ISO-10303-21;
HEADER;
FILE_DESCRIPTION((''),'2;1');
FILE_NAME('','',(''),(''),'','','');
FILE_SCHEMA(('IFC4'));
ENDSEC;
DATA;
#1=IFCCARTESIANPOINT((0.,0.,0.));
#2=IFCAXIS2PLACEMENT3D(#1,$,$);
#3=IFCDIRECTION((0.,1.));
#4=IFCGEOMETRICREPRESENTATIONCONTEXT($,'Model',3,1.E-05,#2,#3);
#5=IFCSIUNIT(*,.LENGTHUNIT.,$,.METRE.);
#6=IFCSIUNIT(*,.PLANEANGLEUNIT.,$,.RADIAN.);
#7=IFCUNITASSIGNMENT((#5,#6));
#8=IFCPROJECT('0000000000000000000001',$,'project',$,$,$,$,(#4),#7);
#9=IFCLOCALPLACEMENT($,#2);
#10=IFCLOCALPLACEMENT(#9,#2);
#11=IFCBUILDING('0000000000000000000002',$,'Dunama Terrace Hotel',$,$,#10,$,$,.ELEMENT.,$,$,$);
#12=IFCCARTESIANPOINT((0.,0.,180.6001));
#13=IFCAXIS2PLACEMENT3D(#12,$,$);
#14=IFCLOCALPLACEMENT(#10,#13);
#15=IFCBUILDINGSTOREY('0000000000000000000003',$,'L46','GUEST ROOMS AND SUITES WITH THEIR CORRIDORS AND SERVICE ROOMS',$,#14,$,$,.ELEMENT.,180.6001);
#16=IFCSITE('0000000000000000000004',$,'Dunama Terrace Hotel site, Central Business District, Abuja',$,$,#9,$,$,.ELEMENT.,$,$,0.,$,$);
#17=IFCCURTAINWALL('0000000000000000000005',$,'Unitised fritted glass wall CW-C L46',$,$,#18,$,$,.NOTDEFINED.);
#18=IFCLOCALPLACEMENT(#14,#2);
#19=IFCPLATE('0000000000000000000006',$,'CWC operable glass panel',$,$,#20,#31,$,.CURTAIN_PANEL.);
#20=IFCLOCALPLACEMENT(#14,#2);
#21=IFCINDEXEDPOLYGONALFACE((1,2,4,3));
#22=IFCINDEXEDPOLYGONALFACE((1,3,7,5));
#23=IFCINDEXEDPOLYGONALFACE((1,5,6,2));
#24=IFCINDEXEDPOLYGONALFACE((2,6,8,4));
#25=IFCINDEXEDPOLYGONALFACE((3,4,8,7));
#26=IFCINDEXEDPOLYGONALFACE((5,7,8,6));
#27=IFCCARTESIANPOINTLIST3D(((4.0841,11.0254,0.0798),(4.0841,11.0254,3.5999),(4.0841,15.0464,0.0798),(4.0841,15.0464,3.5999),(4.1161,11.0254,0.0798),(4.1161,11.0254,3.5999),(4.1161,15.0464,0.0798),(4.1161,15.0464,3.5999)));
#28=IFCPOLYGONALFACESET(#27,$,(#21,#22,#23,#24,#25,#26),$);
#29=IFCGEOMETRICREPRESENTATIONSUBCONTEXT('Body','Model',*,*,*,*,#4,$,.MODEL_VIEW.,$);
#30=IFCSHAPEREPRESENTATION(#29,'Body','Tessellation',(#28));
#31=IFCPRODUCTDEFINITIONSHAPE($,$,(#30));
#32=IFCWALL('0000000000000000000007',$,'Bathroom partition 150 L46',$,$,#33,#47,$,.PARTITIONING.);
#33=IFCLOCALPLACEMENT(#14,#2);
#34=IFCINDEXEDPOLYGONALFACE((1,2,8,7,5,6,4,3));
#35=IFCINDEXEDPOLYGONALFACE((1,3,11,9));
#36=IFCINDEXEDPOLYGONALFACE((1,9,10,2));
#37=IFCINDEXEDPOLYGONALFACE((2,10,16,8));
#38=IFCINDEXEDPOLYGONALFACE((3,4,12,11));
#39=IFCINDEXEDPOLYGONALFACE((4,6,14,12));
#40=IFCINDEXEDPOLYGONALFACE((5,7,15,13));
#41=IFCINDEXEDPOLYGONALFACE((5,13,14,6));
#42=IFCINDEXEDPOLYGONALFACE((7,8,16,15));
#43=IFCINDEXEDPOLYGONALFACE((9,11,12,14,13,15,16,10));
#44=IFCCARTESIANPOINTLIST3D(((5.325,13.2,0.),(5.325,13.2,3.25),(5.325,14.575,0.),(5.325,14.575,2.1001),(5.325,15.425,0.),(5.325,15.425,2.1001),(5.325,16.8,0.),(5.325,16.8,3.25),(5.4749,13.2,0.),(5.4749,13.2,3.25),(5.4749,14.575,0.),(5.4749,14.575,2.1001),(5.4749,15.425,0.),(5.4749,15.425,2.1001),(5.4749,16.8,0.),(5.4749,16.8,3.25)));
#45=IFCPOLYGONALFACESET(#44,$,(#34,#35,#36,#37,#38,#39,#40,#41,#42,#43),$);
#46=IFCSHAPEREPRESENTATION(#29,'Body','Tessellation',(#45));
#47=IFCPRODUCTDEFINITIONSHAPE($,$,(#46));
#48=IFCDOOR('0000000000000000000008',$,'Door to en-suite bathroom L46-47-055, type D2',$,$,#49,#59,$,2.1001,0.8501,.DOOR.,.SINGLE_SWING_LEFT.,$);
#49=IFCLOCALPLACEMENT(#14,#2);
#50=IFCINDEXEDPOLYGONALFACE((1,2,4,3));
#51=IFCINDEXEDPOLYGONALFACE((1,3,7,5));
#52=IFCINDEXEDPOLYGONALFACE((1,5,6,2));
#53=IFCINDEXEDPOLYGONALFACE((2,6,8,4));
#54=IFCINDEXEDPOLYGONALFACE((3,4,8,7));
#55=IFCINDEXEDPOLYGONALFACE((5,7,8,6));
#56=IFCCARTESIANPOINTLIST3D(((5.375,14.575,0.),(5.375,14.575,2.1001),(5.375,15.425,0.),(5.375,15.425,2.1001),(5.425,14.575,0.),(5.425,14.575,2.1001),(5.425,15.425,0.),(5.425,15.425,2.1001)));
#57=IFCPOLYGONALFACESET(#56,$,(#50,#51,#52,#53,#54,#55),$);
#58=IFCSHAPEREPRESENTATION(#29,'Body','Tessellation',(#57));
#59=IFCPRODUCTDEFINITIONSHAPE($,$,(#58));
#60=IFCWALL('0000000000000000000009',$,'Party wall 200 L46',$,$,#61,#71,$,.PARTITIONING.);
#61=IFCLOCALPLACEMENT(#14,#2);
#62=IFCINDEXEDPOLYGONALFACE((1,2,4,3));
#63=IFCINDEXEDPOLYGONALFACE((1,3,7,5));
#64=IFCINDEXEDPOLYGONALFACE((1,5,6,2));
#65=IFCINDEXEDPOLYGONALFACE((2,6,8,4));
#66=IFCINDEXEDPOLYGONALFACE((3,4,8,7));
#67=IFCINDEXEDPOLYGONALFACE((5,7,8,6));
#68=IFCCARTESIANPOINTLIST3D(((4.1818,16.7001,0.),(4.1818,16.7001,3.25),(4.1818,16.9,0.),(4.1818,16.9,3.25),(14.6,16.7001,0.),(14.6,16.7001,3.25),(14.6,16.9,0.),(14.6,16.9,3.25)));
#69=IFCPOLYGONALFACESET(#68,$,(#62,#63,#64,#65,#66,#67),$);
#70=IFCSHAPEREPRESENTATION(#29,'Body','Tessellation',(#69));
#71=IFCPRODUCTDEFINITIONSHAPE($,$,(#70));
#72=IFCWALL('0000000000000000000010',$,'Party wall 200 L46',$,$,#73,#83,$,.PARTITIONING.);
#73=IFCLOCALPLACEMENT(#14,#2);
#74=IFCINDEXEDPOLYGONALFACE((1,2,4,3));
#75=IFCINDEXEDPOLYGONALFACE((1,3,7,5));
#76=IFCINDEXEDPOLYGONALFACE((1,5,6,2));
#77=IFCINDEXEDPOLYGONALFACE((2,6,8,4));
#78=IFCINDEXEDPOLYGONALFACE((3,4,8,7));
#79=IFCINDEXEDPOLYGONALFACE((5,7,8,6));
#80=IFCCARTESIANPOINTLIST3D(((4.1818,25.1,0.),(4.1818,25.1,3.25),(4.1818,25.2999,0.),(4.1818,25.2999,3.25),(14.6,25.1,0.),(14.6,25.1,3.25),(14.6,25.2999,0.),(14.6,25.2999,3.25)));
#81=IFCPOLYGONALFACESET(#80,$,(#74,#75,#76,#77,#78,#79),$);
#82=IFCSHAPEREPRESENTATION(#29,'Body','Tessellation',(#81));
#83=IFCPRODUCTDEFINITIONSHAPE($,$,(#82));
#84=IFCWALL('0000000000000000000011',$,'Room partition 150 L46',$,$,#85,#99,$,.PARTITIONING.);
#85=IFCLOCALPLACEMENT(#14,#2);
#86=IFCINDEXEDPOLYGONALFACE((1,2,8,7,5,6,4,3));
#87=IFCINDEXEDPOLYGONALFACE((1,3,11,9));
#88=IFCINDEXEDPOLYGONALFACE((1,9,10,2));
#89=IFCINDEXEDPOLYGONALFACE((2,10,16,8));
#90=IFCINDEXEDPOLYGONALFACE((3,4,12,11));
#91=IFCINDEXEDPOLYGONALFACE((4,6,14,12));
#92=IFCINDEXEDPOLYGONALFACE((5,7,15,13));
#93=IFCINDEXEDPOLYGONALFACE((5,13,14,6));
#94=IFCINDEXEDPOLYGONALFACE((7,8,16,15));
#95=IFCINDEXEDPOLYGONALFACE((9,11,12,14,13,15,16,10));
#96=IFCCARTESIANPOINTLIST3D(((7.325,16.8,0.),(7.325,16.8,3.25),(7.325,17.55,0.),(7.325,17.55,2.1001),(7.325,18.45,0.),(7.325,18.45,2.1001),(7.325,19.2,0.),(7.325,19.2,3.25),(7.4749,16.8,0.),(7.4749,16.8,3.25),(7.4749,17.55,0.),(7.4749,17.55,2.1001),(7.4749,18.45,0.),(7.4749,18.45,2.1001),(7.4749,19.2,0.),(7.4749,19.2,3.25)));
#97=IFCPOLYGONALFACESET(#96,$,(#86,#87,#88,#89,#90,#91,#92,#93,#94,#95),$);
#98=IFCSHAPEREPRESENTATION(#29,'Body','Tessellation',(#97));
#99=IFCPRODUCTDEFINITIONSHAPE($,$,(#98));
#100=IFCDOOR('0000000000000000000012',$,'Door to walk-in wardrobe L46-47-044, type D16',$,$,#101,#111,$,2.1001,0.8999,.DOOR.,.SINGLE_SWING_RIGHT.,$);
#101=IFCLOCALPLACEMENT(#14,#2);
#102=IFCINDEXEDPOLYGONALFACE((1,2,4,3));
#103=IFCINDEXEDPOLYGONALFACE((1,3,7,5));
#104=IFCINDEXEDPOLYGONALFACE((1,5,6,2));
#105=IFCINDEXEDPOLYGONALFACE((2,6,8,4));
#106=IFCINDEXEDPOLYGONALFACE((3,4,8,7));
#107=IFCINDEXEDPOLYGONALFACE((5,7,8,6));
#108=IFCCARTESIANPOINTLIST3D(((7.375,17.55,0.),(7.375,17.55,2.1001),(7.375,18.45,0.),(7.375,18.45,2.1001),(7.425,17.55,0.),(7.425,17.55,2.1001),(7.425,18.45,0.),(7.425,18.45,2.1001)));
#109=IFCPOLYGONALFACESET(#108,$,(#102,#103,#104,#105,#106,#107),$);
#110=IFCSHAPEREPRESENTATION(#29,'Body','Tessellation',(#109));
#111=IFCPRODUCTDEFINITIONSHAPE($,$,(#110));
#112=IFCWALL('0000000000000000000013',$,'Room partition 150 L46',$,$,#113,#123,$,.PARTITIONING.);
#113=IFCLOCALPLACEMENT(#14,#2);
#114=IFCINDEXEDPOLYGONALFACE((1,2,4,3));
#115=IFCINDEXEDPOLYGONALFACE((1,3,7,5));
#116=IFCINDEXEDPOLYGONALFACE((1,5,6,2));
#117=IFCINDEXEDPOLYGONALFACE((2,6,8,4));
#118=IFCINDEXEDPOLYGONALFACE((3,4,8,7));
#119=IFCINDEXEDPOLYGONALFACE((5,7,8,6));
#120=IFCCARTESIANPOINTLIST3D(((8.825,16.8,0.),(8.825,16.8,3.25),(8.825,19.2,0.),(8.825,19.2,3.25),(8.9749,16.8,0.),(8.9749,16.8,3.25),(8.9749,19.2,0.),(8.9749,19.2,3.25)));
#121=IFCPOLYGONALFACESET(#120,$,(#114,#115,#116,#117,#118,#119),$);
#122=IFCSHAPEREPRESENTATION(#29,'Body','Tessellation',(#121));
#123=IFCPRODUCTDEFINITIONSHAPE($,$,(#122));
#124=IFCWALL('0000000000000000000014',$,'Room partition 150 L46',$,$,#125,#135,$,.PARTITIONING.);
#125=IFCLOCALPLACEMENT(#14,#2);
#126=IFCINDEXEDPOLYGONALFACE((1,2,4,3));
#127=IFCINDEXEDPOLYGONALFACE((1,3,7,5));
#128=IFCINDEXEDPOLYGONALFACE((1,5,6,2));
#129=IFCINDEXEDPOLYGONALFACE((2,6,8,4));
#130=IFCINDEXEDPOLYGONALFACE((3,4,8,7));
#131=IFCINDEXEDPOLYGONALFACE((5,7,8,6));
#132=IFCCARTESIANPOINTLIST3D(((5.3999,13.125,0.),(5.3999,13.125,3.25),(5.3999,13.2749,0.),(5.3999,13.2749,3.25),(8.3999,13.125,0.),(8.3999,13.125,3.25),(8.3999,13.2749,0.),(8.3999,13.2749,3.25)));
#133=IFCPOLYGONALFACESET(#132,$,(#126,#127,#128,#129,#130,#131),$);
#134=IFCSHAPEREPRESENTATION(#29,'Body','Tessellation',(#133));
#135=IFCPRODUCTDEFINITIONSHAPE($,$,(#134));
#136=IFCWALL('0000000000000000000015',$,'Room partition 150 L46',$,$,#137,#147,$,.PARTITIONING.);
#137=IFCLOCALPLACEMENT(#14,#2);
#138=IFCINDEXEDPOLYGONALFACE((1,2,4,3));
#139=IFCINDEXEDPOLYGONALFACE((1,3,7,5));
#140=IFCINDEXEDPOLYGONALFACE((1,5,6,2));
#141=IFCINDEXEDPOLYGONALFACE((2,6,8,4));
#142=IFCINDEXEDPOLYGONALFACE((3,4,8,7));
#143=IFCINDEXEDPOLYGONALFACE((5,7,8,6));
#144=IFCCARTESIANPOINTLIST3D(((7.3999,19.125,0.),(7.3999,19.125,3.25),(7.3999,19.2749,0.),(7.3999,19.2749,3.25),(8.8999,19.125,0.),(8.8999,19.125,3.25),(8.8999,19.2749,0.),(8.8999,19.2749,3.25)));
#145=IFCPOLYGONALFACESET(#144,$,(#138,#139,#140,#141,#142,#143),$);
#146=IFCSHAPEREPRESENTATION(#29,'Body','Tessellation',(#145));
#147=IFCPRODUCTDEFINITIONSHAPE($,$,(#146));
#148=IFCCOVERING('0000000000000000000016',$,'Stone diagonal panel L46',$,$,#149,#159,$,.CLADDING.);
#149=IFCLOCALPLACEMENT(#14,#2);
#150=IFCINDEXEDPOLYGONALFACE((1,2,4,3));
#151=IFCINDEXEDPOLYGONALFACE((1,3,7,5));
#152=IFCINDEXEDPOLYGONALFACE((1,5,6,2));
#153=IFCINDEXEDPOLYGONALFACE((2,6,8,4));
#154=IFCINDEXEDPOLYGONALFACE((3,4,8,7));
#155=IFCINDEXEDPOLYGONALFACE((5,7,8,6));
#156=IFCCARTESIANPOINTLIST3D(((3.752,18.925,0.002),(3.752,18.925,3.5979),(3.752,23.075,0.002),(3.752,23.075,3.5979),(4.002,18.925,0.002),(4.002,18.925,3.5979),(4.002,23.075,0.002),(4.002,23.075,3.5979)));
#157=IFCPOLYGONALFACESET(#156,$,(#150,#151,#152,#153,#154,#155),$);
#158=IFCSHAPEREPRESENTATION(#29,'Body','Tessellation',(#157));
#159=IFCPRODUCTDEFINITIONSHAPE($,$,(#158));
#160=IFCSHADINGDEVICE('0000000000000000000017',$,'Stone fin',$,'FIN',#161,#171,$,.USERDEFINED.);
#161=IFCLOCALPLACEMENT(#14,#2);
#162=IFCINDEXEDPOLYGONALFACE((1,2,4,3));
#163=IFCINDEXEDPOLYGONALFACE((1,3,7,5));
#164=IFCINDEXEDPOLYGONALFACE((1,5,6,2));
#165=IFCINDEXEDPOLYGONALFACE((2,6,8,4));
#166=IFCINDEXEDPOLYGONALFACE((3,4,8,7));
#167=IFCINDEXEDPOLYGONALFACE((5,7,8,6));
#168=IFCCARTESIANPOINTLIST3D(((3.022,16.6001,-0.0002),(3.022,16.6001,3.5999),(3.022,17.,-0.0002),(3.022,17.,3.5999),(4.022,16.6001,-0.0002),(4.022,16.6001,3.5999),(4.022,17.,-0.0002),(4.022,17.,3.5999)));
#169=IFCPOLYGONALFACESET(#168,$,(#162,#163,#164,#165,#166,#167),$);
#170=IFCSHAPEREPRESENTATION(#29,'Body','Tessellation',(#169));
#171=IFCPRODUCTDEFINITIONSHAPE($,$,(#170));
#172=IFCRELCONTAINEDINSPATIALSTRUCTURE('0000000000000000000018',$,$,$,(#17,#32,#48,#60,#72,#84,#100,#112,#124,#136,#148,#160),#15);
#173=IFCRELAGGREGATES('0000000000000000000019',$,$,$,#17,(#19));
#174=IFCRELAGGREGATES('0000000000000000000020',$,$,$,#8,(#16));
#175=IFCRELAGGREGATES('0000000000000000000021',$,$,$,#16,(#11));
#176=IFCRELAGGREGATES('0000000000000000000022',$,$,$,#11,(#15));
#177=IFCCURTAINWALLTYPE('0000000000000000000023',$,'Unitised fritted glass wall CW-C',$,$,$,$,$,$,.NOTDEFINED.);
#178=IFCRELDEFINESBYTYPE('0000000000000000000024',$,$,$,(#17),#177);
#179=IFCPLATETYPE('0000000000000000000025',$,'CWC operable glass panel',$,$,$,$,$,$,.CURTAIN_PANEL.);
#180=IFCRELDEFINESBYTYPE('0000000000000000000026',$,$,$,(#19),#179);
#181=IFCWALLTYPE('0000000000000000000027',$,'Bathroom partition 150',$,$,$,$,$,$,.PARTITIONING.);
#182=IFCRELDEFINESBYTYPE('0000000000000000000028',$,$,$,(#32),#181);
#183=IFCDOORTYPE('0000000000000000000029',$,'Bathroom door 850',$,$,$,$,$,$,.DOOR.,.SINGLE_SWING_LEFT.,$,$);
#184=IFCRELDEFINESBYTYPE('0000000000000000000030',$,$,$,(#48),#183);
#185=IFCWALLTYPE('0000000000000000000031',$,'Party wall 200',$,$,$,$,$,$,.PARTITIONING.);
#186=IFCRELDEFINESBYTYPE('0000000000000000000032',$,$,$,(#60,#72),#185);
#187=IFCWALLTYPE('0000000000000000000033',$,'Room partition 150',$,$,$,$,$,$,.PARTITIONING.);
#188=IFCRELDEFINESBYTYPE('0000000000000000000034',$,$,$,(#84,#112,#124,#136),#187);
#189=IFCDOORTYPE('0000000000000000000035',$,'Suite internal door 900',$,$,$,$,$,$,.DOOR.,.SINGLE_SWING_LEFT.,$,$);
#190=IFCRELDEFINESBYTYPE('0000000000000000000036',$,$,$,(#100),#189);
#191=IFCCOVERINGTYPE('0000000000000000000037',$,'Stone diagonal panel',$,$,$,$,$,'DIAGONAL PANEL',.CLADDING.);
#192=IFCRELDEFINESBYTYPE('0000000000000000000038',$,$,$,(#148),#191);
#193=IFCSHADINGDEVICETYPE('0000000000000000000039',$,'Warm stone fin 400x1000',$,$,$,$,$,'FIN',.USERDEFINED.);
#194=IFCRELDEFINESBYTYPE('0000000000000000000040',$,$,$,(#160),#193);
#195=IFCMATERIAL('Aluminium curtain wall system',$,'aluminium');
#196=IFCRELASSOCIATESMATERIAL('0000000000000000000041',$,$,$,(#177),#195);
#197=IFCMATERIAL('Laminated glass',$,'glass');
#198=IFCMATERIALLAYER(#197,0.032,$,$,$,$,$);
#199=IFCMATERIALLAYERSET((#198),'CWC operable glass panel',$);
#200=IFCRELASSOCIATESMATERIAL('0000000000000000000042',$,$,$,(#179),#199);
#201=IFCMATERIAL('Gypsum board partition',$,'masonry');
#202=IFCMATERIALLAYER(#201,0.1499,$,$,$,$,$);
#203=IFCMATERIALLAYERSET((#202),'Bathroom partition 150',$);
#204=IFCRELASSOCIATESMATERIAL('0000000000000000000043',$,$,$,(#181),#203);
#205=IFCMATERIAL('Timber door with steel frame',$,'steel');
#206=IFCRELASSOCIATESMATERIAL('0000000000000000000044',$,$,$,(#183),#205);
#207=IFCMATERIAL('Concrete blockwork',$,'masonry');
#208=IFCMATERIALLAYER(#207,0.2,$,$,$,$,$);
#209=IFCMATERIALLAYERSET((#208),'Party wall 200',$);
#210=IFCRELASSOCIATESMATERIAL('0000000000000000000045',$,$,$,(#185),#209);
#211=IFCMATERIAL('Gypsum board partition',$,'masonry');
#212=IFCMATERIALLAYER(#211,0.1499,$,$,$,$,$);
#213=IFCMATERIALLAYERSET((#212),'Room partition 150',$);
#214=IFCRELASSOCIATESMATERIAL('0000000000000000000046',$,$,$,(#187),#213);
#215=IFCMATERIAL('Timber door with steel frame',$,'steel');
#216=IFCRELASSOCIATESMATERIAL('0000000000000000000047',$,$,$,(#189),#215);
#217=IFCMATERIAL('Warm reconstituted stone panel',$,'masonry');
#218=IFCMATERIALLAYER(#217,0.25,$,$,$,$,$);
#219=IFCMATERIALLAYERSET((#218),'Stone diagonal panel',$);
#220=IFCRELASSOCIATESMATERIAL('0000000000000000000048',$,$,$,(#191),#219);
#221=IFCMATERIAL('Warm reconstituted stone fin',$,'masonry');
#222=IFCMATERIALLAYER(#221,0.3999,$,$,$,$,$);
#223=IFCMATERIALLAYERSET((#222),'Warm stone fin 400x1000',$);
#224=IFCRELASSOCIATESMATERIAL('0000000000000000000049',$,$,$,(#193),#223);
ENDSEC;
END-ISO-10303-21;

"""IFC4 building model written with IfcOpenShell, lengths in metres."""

from ifc_helpers import new_model, si_unit, direction, frame, frame_2d, origin, origin_2d, place, context, subcontext, project, spatial, rectangle, extrude, material, layer, layer_set, type_object, element, fill, aggregate, save


model = new_model("IFC4")

# Units and contexts
model_context = context("Model", 3, precision=1e-05, world=origin(), true_north=direction((0.0, 1.0)))
body_context = subcontext(model_context, "Body", "Model", "MODEL_VIEW")
ifc_project = project(units=[si_unit("LENGTHUNIT", "METRE"), si_unit("PLANEANGLEUNIT", "RADIAN")], contexts=[model_context])

# Site, building, storey
site_placement = place(None, origin())
site = spatial("IfcSite", under=ifc_project, at=site_placement, Name="Dunama Terrace Hotel site, Central Business District, Abuja", CompositionType="ELEMENT", RefElevation=0.0)
building_placement = place(site_placement, origin())
building = spatial("IfcBuilding", under=site, at=building_placement, Name="Dunama Terrace Hotel", CompositionType="ELEMENT")
storey_placement = place(building_placement, frame((0.0, 0.0, 180.6001)))
storey = spatial("IfcBuildingStorey", under=building, at=storey_placement, Name="L46", Description="GUEST ROOMS AND SUITES WITH THEIR CORRIDORS AND SERVICE ROOMS", CompositionType="ELEMENT", Elevation=180.6001)

# Curtain wall
ifc_material_1 = material(Name="Aluminium curtain wall system", Category="aluminium")
curtain_wall_type = type_object("IfcCurtainWallType", Name="Unitised fritted glass wall CW-C", PredefinedType="NOTDEFINED", material=ifc_material_1)
curtain_wall_placement = place(storey_placement, origin())
curtain_wall = element("IfcCurtainWall", 1, at=curtain_wall_placement, inside=storey, type_object=curtain_wall_type, Name="Unitised fritted glass wall CW-C L46", PredefinedType="NOTDEFINED")

# Plate
ifc_material_2 = material(Name="Laminated glass", Category="glass")
ifc_layer_1 = layer(ifc_material_2, 0.032)
ifc_layer_set_1 = layer_set([ifc_layer_1], Name="CWC operable glass panel")
plate_type_1 = type_object("IfcPlateType", Name="CWC operable glass panel", PredefinedType="CURTAIN_PANEL", material=ifc_layer_set_1)
plate_1_placement = place(storey_placement, frame((4.1001, 13.0359, 0.0798), z_axis=(0.0, 0.0, 1.0), x_axis=(0.0, -1.0, 0.0)))
plate_1 = element("IfcPlate", 2, at=plate_1_placement, type_object=plate_type_1, Name="CWC operable glass panel", PredefinedType="CURTAIN_PANEL", context=body_context, shape_type="SweptSolid", body=[
    extrude(rectangle(XDim=4.021, YDim=0.032, at=origin_2d()), origin(), (0.0, 0.0, 1.0), 3.52),
])
aggregate(curtain_wall, [plate_1])

# Wall, opening, door
ifc_material_3 = material(Name="Gypsum board partition", Category="masonry")
ifc_layer_2 = layer(ifc_material_3, 0.1499)
ifc_layer_set_2 = layer_set([ifc_layer_2], Name="Bathroom partition 150")
wall_type_1 = type_object("IfcWallType", Name="Bathroom partition 150", PredefinedType="PARTITIONING", material=ifc_layer_set_2)
wall_1_placement = place(storey_placement, frame((5.3999, 13.2, 0.0), z_axis=(0.0, 0.0, 1.0), x_axis=(0.0, 1.0, 0.0)))
wall_1 = element("IfcWall", 3, at=wall_1_placement, inside=storey, type_object=wall_type_1, Name="Bathroom partition 150 L46", PredefinedType="PARTITIONING", context=body_context, shape_type="SweptSolid", body=[
    extrude(rectangle(XDim=3.6001, YDim=0.1499, at=frame_2d((1.8, 0.0))), origin(), (0.0, 0.0, 1.0), 3.25),
])
opening_1_placement = place(wall_1_placement, frame((1.375, 0.0, 0.0)))
opening_1 = element("IfcOpeningElement", 4, at=opening_1_placement, cuts=wall_1, PredefinedType="OPENING", context=body_context, shape_type="SweptSolid", body=[
    extrude(rectangle(XDim=0.8501, YDim=2.1001, at=frame_2d((0.425, 1.05))), frame((0.0, 0.085, 0.0), z_axis=(0.0, -1.0, 0.0), x_axis=(1.0, 0.0, 0.0)), (0.0, 0.0, 1.0), 0.1699),
])
ifc_material_4 = material(Name="Timber door with steel frame", Category="steel")
door_type_1 = type_object("IfcDoorType", Name="Bathroom door 850", OperationType="SINGLE_SWING_LEFT", PredefinedType="DOOR", material=ifc_material_4)
door_1_placement = place(opening_1_placement, frame((0.8501, 0.0, 0.0), z_axis=(0.0, 0.0, 1.0), x_axis=(-1.0, 0.0, 0.0)))
door_1 = element("IfcDoor", 5, at=door_1_placement, inside=storey, type_object=door_type_1, Name="Door to en-suite bathroom L46-47-055, type D2", OperationType="SINGLE_SWING_LEFT", OverallHeight=2.1001, OverallWidth=0.8501, PredefinedType="DOOR", context=body_context, shape_type="SweptSolid", body=[
    extrude(rectangle(XDim=0.8501, YDim=2.1001, at=frame_2d((0.425, 1.05))), frame((0.0, 0.0251, 0.0), z_axis=(0.0, -1.0, 0.0), x_axis=(1.0, 0.0, 0.0)), (0.0, 0.0, 1.0), 0.05),
])
fill(opening_1, door_1)

# Walls
ifc_material_5 = material(Name="Concrete blockwork", Category="masonry")
ifc_layer_3 = layer(ifc_material_5, 0.2)
ifc_layer_set_3 = layer_set([ifc_layer_3], Name="Party wall 200")
wall_type_2 = type_object("IfcWallType", Name="Party wall 200", PredefinedType="PARTITIONING", material=ifc_layer_set_3)
for number, where, z_axis, x_axis, name in (
    (6, (4.1819, 16.8, 0.0), (0.0, 0.0, 1.0), (1.0, 0.0, 0.0), "Party wall 200 L46"),
    (7, (4.1819, 25.2, 0.0), (0.0, 0.0, 1.0), (1.0, 0.0, 0.0), "Party wall 200 L46"),
):
    element("IfcWall", number, at=place(storey_placement, frame(where, z_axis=z_axis, x_axis=x_axis)), inside=storey, type_object=wall_type_2, Name=name, PredefinedType="PARTITIONING", context=body_context, shape_type="SweptSolid", body=[
        extrude(rectangle(XDim=10.4182, YDim=0.2, at=frame_2d((5.209, 0.0))), origin(), (0.0, 0.0, 1.0), 3.25),
    ])

# Wall, opening, door
ifc_material_6 = material(Name="Gypsum board partition", Category="masonry")
ifc_layer_4 = layer(ifc_material_6, 0.1499)
ifc_layer_set_4 = layer_set([ifc_layer_4], Name="Room partition 150")
wall_type_3 = type_object("IfcWallType", Name="Room partition 150", PredefinedType="PARTITIONING", material=ifc_layer_set_4)
wall_2_placement = place(storey_placement, frame((7.3999, 16.8, 0.0), z_axis=(0.0, 0.0, 1.0), x_axis=(0.0, 1.0, 0.0)))
wall_2 = element("IfcWall", 8, at=wall_2_placement, inside=storey, type_object=wall_type_3, Name="Room partition 150 L46", PredefinedType="PARTITIONING", context=body_context, shape_type="SweptSolid", body=[
    extrude(rectangle(XDim=2.3999, YDim=0.1499, at=frame_2d((1.2, 0.0))), origin(), (0.0, 0.0, 1.0), 3.25),
])
opening_2_placement = place(wall_2_placement, frame((0.75, 0.0, 0.0)))
opening_2 = element("IfcOpeningElement", 9, at=opening_2_placement, cuts=wall_2, PredefinedType="OPENING", context=body_context, shape_type="SweptSolid", body=[
    extrude(rectangle(XDim=0.8999, YDim=2.1001, at=frame_2d((0.45, 1.05))), frame((0.0, 0.085, 0.0), z_axis=(0.0, -1.0, 0.0), x_axis=(1.0, 0.0, 0.0)), (0.0, 0.0, 1.0), 0.1699),
])
ifc_material_7 = material(Name="Timber door with steel frame", Category="steel")
door_type_2 = type_object("IfcDoorType", Name="Suite internal door 900", OperationType="SINGLE_SWING_LEFT", PredefinedType="DOOR", material=ifc_material_7)
door_2_placement = place(opening_2_placement, frame((0.8999, 0.0, 0.0), z_axis=(0.0, 0.0, 1.0), x_axis=(-1.0, 0.0, 0.0)))
door_2 = element("IfcDoor", 10, at=door_2_placement, inside=storey, type_object=door_type_2, Name="Door to walk-in wardrobe L46-47-044, type D16", OperationType="SINGLE_SWING_RIGHT", OverallHeight=2.1001, OverallWidth=0.8999, PredefinedType="DOOR", context=body_context, shape_type="SweptSolid", body=[
    extrude(rectangle(XDim=0.8999, YDim=2.1001, at=frame_2d((0.45, 1.05))), frame((0.0, 0.0251, 0.0), z_axis=(0.0, -1.0, 0.0), x_axis=(1.0, 0.0, 0.0)), (0.0, 0.0, 1.0), 0.05),
])
fill(opening_2, door_2)

# Walls
wall_3_placement = place(storey_placement, frame((8.8999, 16.8, 0.0), z_axis=(0.0, 0.0, 1.0), x_axis=(0.0, 1.0, 0.0)))
element("IfcWall", 11, at=wall_3_placement, inside=storey, type_object=wall_type_3, Name="Room partition 150 L46", PredefinedType="PARTITIONING", context=body_context, shape_type="SweptSolid", body=[
    extrude(rectangle(XDim=2.3999, YDim=0.1499, at=frame_2d((1.2, 0.0))), origin(), (0.0, 0.0, 1.0), 3.25),
])
wall_4_placement = place(storey_placement, frame((5.3999, 13.2, 0.0), z_axis=(0.0, 0.0, 1.0), x_axis=(1.0, 0.0, 0.0)))
element("IfcWall", 12, at=wall_4_placement, inside=storey, type_object=wall_type_3, Name="Room partition 150 L46", PredefinedType="PARTITIONING", context=body_context, shape_type="SweptSolid", body=[
    extrude(rectangle(XDim=3.0, YDim=0.1499, at=frame_2d((1.5, 0.0))), origin(), (0.0, 0.0, 1.0), 3.25),
])
wall_5_placement = place(storey_placement, frame((7.3999, 19.2, 0.0), z_axis=(0.0, 0.0, 1.0), x_axis=(1.0, 0.0, 0.0)))
element("IfcWall", 13, at=wall_5_placement, inside=storey, type_object=wall_type_3, Name="Room partition 150 L46", PredefinedType="PARTITIONING", context=body_context, shape_type="SweptSolid", body=[
    extrude(rectangle(XDim=1.5, YDim=0.1499, at=frame_2d((0.75, 0.0))), origin(), (0.0, 0.0, 1.0), 3.25),
])

# Covering
ifc_material_8 = material(Name="Warm reconstituted stone panel", Category="masonry")
ifc_layer_5 = layer(ifc_material_8, 0.25)
ifc_layer_set_5 = layer_set([ifc_layer_5], Name="Stone diagonal panel")
covering_type = type_object("IfcCoveringType", Name="Stone diagonal panel", ElementType="DIAGONAL PANEL", PredefinedType="CLADDING", material=ifc_layer_set_5)
covering_placement = place(storey_placement, frame((3.877, 21.0, 0.002), z_axis=(0.0, 0.0, 1.0), x_axis=(0.0, -1.0, 0.0)))
element("IfcCovering", 14, at=covering_placement, inside=storey, type_object=covering_type, Name="Stone diagonal panel L46", PredefinedType="CLADDING", context=body_context, shape_type="SweptSolid", body=[
    extrude(rectangle(XDim=4.1499, YDim=0.25, at=origin_2d()), origin(), (0.0, 0.0, 1.0), 3.5959),
])

# Shading device
ifc_material_9 = material(Name="Warm reconstituted stone fin", Category="masonry")
ifc_layer_6 = layer(ifc_material_9, 0.3999)
ifc_layer_set_6 = layer_set([ifc_layer_6], Name="Warm stone fin 400x1000")
shading_device_type = type_object("IfcShadingDeviceType", Name="Warm stone fin 400x1000", ElementType="FIN", PredefinedType="USERDEFINED", material=ifc_layer_set_6)
shading_device_placement = place(storey_placement, frame((3.522, 16.8, -0.0002), z_axis=(0.0, 0.0, 1.0), x_axis=(0.0, -1.0, 0.0)))
element("IfcShadingDevice", 15, at=shading_device_placement, inside=storey, type_object=shading_device_type, Name="Stone fin", ObjectType="FIN", PredefinedType="USERDEFINED", context=body_context, shape_type="SweptSolid", body=[
    extrude(rectangle(XDim=0.3999, YDim=1.0, at=origin_2d()), origin(), (0.0, 0.0, 1.0), 3.6001),
])

save(model, "model.ifc")
